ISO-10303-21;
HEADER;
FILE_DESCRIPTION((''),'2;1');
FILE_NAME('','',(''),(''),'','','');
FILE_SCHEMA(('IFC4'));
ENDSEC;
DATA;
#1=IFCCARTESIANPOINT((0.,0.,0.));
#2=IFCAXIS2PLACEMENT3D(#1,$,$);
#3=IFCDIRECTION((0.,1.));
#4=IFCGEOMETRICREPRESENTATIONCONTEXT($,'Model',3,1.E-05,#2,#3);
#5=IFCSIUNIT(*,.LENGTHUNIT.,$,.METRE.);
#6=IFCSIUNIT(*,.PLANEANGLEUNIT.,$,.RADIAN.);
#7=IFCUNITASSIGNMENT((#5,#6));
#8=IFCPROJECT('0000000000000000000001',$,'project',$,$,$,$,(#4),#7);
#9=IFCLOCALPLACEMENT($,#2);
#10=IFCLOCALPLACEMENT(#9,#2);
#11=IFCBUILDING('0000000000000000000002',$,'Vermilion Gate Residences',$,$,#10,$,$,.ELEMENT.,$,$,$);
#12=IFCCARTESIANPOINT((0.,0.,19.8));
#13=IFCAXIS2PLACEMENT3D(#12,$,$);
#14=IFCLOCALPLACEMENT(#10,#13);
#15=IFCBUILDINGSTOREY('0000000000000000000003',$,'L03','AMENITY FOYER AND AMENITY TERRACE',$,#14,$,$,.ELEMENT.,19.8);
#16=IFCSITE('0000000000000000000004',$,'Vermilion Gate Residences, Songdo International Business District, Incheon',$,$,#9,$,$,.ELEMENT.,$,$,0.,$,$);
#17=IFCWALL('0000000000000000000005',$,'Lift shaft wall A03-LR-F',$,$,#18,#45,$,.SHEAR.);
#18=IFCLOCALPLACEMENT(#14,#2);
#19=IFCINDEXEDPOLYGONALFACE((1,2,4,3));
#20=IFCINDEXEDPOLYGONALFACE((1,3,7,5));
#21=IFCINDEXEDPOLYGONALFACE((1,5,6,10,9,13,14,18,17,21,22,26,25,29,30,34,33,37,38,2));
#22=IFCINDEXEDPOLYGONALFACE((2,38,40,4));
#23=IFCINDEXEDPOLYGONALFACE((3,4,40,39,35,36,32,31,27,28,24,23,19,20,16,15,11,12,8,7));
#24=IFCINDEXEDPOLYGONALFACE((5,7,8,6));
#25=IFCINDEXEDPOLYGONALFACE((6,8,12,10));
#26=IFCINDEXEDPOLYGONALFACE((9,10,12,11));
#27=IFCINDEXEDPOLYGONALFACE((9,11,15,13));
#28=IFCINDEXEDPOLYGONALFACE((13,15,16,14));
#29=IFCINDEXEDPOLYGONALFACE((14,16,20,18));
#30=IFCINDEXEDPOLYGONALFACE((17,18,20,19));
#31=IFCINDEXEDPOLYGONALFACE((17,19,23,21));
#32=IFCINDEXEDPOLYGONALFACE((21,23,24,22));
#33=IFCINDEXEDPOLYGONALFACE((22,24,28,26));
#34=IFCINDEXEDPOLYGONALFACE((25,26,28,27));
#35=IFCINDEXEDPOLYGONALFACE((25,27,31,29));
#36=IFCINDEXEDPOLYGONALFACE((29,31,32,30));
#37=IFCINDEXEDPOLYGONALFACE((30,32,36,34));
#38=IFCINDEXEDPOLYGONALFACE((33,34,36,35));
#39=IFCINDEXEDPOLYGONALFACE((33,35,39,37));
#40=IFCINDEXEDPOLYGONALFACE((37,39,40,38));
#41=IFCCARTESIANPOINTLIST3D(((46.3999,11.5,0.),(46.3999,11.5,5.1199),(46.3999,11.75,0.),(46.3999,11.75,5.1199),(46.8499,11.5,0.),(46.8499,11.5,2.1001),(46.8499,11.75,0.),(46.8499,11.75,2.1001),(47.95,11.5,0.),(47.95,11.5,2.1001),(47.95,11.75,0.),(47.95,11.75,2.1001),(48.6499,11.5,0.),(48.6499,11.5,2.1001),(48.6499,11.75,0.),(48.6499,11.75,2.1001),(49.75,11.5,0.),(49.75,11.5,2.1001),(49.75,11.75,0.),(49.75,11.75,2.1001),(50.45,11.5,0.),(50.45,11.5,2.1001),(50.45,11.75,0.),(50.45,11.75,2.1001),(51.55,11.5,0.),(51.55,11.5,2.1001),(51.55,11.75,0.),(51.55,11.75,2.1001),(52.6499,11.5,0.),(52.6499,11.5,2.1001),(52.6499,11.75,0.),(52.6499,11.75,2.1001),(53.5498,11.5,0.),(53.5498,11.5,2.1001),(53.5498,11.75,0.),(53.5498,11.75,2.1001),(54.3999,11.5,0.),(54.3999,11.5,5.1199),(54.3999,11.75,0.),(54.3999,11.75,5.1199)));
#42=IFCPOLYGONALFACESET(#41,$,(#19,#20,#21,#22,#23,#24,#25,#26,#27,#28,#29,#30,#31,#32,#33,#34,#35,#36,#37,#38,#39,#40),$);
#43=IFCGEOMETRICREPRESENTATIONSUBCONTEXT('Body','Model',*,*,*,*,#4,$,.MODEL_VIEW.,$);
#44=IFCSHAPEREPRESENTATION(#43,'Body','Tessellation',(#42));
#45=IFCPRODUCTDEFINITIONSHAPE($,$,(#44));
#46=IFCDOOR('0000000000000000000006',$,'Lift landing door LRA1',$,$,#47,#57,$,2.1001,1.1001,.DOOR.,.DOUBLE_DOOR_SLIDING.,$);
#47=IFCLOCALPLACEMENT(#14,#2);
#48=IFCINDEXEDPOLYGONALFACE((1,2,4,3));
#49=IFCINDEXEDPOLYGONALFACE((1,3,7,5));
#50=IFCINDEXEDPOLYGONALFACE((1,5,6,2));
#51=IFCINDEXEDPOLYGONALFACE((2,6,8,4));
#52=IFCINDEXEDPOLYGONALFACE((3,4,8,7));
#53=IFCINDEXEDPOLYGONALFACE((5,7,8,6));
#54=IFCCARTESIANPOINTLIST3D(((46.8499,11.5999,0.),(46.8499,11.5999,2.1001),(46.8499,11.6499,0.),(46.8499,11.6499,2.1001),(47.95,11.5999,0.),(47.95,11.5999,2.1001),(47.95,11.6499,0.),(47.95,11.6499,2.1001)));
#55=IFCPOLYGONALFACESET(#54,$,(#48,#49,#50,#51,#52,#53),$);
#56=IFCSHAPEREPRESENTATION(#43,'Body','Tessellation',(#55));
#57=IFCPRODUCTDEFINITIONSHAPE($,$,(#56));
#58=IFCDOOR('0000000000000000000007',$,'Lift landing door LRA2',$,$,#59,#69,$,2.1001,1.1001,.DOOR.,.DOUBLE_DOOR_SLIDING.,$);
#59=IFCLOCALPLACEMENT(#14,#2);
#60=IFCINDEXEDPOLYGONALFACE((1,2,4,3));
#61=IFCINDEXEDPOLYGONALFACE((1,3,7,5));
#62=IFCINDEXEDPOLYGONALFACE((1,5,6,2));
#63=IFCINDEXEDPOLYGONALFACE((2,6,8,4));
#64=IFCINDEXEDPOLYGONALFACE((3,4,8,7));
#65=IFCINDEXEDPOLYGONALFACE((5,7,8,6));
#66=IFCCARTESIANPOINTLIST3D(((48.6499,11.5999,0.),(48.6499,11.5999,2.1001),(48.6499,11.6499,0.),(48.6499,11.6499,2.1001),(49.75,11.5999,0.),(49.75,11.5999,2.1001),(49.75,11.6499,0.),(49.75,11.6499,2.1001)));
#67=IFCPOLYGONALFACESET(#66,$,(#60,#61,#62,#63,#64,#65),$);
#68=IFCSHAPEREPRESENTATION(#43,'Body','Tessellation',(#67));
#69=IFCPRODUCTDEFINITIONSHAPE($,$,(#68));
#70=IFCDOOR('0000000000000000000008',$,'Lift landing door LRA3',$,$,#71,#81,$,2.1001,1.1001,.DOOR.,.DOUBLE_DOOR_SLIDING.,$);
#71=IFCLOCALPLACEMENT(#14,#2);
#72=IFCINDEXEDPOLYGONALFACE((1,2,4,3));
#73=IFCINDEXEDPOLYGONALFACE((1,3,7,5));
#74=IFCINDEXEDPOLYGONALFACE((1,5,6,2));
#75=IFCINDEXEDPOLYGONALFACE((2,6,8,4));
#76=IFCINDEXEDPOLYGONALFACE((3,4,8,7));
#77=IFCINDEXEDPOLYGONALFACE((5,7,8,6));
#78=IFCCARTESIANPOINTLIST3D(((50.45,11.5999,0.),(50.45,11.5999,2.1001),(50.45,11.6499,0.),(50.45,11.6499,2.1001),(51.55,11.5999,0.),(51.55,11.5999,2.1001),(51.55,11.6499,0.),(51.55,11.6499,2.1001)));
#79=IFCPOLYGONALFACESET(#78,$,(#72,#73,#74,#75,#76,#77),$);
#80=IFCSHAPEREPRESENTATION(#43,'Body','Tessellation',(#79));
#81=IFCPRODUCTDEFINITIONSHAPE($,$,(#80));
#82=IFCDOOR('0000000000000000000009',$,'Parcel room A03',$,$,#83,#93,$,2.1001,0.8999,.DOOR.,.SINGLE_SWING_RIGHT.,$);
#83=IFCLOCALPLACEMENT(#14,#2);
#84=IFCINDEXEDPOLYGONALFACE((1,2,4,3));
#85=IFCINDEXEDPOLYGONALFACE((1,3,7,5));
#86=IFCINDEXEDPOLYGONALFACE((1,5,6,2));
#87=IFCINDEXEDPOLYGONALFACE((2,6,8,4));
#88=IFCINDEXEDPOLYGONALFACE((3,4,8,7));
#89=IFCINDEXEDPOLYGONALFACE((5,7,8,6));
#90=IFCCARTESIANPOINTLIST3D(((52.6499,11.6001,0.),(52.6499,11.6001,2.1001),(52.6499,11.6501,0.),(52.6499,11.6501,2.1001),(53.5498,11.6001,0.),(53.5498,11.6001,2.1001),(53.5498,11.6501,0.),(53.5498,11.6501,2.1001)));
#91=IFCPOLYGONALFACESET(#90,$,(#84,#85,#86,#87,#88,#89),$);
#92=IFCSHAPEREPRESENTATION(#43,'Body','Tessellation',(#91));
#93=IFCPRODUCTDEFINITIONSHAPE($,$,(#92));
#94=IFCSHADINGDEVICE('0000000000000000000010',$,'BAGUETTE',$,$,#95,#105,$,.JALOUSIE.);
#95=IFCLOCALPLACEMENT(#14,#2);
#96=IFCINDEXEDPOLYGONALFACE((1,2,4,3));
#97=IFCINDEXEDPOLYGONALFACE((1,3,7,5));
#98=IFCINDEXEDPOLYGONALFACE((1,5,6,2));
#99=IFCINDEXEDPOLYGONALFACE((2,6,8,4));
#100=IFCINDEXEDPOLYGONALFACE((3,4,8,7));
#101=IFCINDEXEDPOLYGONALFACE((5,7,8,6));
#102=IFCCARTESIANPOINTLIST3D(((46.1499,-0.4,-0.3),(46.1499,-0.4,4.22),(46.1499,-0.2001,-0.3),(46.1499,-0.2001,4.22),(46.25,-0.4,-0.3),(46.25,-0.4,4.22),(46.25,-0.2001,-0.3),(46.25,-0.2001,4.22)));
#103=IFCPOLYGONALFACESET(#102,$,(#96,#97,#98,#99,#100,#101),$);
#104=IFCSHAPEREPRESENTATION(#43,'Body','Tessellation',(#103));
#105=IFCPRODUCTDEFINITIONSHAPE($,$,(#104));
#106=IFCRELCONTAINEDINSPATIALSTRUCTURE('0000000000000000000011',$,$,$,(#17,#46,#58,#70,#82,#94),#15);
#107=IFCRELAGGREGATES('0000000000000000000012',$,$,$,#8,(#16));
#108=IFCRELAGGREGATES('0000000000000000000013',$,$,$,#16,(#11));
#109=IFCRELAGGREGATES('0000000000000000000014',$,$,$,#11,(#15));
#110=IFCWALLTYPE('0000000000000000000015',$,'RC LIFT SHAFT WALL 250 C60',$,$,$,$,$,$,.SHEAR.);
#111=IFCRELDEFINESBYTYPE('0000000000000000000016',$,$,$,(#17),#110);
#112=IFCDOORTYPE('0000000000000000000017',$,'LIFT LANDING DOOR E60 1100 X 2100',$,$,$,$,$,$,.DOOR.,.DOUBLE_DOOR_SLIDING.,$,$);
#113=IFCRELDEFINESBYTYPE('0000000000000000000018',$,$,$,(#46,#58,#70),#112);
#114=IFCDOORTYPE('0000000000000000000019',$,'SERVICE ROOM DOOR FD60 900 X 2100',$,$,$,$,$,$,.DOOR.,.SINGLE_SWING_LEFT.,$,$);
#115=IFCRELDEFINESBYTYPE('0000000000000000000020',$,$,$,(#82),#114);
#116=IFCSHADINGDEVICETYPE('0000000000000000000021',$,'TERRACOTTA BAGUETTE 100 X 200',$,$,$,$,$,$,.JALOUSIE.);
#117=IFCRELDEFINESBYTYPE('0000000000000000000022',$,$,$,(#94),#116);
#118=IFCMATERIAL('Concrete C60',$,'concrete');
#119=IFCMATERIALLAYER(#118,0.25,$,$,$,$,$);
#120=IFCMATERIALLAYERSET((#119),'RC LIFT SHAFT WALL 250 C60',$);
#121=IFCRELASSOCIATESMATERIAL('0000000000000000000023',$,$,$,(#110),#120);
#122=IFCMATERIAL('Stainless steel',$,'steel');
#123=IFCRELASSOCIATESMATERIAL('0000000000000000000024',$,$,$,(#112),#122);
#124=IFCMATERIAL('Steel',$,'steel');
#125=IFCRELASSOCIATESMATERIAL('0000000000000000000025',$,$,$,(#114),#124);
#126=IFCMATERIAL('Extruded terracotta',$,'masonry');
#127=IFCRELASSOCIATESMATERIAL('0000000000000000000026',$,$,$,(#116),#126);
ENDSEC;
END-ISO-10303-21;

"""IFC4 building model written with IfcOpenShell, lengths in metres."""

from ifc_helpers import new_model, si_unit, direction, frame, frame_2d, origin, origin_2d, place, context, subcontext, project, spatial, rectangle, extrude, material, layer, layer_set, material_profile, profile_set, type_object, element, fill, save


model = new_model("IFC4")

# Units and contexts
model_context = context("Model", 3, precision=1e-05, world=origin(), true_north=direction((0.0, 1.0)))
body_context = subcontext(model_context, "Body", "Model", "MODEL_VIEW")
ifc_project = project(units=[si_unit("LENGTHUNIT", "METRE"), si_unit("PLANEANGLEUNIT", "RADIAN")], contexts=[model_context])

# Site, building, storey
site_placement = place(None, origin())
site = spatial("IfcSite", under=ifc_project, at=site_placement, Name="Vermilion Gate Residences, Songdo International Business District, Incheon", CompositionType="ELEMENT", RefElevation=0.0)
building_placement = place(site_placement, origin())
building = spatial("IfcBuilding", under=site, at=building_placement, Name="Vermilion Gate Residences", CompositionType="ELEMENT")
storey_placement = place(building_placement, frame((0.0, 0.0, 19.8)))
storey = spatial("IfcBuildingStorey", under=building, at=storey_placement, Name="L03", Description="AMENITY FOYER AND AMENITY TERRACE", CompositionType="ELEMENT", Elevation=19.8)

# Wall, openings, doors
ifc_material_1 = material(Name="Concrete C60", Category="concrete")
ifc_layer_1 = layer(ifc_material_1, 0.25)
ifc_layer_set_1 = layer_set([ifc_layer_1], Name="RC LIFT SHAFT WALL 250 C60")
wall_type_1 = type_object("IfcWallType", Name="RC LIFT SHAFT WALL 250 C60", PredefinedType="SHEAR", material=ifc_layer_set_1)
wall_1_placement = place(storey_placement, frame((46.3999, 11.625, 0.0), z_axis=(0.0, 0.0, 1.0), x_axis=(1.0, 0.0, 0.0)))
wall_1 = element("IfcWall", 1, at=wall_1_placement, inside=storey, type_object=wall_type_1, Name="Lift shaft wall A03-LR-F", PredefinedType="SHEAR", context=body_context, shape_type="SweptSolid", body=[
    extrude(rectangle(XDim=8.0, YDim=0.25, at=frame_2d((4.0, 0.0))), origin(), (0.0, 0.0, 1.0), 5.1199),
])
opening_1_placement = place(wall_1_placement, frame((0.45, 0.0, 0.0)))
opening_1 = element("IfcOpeningElement", 2, at=opening_1_placement, cuts=wall_1, PredefinedType="OPENING", context=body_context, shape_type="SweptSolid", body=[
    extrude(rectangle(XDim=1.1001, YDim=2.1001, at=frame_2d((0.55, 1.05))), frame((0.0, 0.135, 0.0), z_axis=(0.0, -1.0, 0.0), x_axis=(1.0, 0.0, 0.0)), (0.0, 0.0, 1.0), 0.27),
])
opening_2_placement = place(wall_1_placement, frame((2.25, 0.0, 0.0)))
opening_2 = element("IfcOpeningElement", 3, at=opening_2_placement, cuts=wall_1, PredefinedType="OPENING", context=body_context, shape_type="SweptSolid", body=[
    extrude(rectangle(XDim=1.1001, YDim=2.1001, at=frame_2d((0.55, 1.05))), frame((0.0, 0.135, 0.0), z_axis=(0.0, -1.0, 0.0), x_axis=(1.0, 0.0, 0.0)), (0.0, 0.0, 1.0), 0.27),
])
opening_3_placement = place(wall_1_placement, frame((4.05, 0.0, 0.0)))
opening_3 = element("IfcOpeningElement", 4, at=opening_3_placement, cuts=wall_1, PredefinedType="OPENING", context=body_context, shape_type="SweptSolid", body=[
    extrude(rectangle(XDim=1.1001, YDim=2.1001, at=frame_2d((0.55, 1.05))), frame((0.0, 0.135, 0.0), z_axis=(0.0, -1.0, 0.0), x_axis=(1.0, 0.0, 0.0)), (0.0, 0.0, 1.0), 0.27),
])
opening_4_placement = place(wall_1_placement, frame((6.25, 0.0, 0.0)))
opening_4 = element("IfcOpeningElement", 5, at=opening_4_placement, cuts=wall_1, PredefinedType="OPENING", context=body_context, shape_type="SweptSolid", body=[
    extrude(rectangle(XDim=0.8999, YDim=2.1001, at=frame_2d((0.45, 1.05))), frame((0.0, 0.135, 0.0), z_axis=(0.0, -1.0, 0.0), x_axis=(1.0, 0.0, 0.0)), (0.0, 0.0, 1.0), 0.27),
])
ifc_material_2 = material(Name="Stainless steel", Category="steel")
door_type_1 = type_object("IfcDoorType", Name="LIFT LANDING DOOR E60 1100 X 2100", OperationType="DOUBLE_DOOR_SLIDING", PredefinedType="DOOR", material=ifc_material_2)
door_1_placement = place(opening_1_placement, origin())
door_1 = element("IfcDoor", 6, at=door_1_placement, inside=storey, type_object=door_type_1, Name="Lift landing door LRA1", OperationType="DOUBLE_DOOR_SLIDING", OverallHeight=2.1001, OverallWidth=1.1001, PredefinedType="DOOR", context=body_context, shape_type="SweptSolid", body=[
    extrude(rectangle(XDim=1.1001, YDim=2.1001, at=frame_2d((0.55, 1.05))), frame((0.0, 0.0249, 0.0), z_axis=(0.0, -1.0, 0.0), x_axis=(1.0, 0.0, 0.0)), (0.0, 0.0, 1.0), 0.05),
])
fill(opening_1, door_1)
door_2_placement = place(opening_2_placement, origin())
door_2 = element("IfcDoor", 7, at=door_2_placement, inside=storey, type_object=door_type_1, Name="Lift landing door LRA2", OperationType="DOUBLE_DOOR_SLIDING", OverallHeight=2.1001, OverallWidth=1.1001, PredefinedType="DOOR", context=body_context, shape_type="SweptSolid", body=[
    extrude(rectangle(XDim=1.1001, YDim=2.1001, at=frame_2d((0.55, 1.05))), frame((0.0, 0.0249, 0.0), z_axis=(0.0, -1.0, 0.0), x_axis=(1.0, 0.0, 0.0)), (0.0, 0.0, 1.0), 0.05),
])
fill(opening_2, door_2)
door_3_placement = place(opening_3_placement, origin())
door_3 = element("IfcDoor", 8, at=door_3_placement, inside=storey, type_object=door_type_1, Name="Lift landing door LRA3", OperationType="DOUBLE_DOOR_SLIDING", OverallHeight=2.1001, OverallWidth=1.1001, PredefinedType="DOOR", context=body_context, shape_type="SweptSolid", body=[
    extrude(rectangle(XDim=1.1001, YDim=2.1001, at=frame_2d((0.55, 1.05))), frame((0.0, 0.0249, 0.0), z_axis=(0.0, -1.0, 0.0), x_axis=(1.0, 0.0, 0.0)), (0.0, 0.0, 1.0), 0.05),
])
fill(opening_3, door_3)
ifc_material_3 = material(Name="Steel", Category="steel")
door_type_2 = type_object("IfcDoorType", Name="SERVICE ROOM DOOR FD60 900 X 2100", OperationType="SINGLE_SWING_LEFT", PredefinedType="DOOR", material=ifc_material_3)
door_4_placement = place(opening_4_placement, frame((0.8999, 0.0, 0.0), z_axis=(0.0, 0.0, 1.0), x_axis=(-1.0, 0.0, 0.0)))
door_4 = element("IfcDoor", 9, at=door_4_placement, inside=storey, type_object=door_type_2, Name="Parcel room A03", OperationType="SINGLE_SWING_RIGHT", OverallHeight=2.1001, OverallWidth=0.8999, PredefinedType="DOOR", context=body_context, shape_type="SweptSolid", body=[
    extrude(rectangle(XDim=0.8999, YDim=2.1001, at=frame_2d((0.45, 1.05))), frame((0.0, 0.0249, 0.0), z_axis=(0.0, -1.0, 0.0), x_axis=(1.0, 0.0, 0.0)), (0.0, 0.0, 1.0), 0.05),
])
fill(opening_4, door_4)

# Shading device
ifc_material_4 = material(Name="Extruded terracotta", Category="masonry")
ifc_material_profile_1 = material_profile(ifc_material_4, rectangle(XDim=0.2, YDim=0.1001, at=origin_2d()), Name="BAGUETTE 100 X 200")
ifc_profile_set_1 = profile_set([ifc_material_profile_1], Name="Extruded terracotta")
shading_device_type = type_object("IfcShadingDeviceType", Name="TERRACOTTA BAGUETTE 100 X 200", PredefinedType="JALOUSIE", material=ifc_profile_set_1)
shading_device_placement = place(storey_placement, frame((46.2, -0.3, -0.3), z_axis=(0.0, 0.0, 1.0), x_axis=(0.0, 1.0, 0.0)))
element("IfcShadingDevice", 10, at=shading_device_placement, inside=storey, type_object=shading_device_type, Name="BAGUETTE", PredefinedType="JALOUSIE", context=body_context, shape_type="SweptSolid", body=[
    extrude(rectangle(XDim=0.2, YDim=0.1001, at=origin_2d()), origin(), (0.0, 0.0, 1.0), 4.52),
])

save(model, "model.ifc")
